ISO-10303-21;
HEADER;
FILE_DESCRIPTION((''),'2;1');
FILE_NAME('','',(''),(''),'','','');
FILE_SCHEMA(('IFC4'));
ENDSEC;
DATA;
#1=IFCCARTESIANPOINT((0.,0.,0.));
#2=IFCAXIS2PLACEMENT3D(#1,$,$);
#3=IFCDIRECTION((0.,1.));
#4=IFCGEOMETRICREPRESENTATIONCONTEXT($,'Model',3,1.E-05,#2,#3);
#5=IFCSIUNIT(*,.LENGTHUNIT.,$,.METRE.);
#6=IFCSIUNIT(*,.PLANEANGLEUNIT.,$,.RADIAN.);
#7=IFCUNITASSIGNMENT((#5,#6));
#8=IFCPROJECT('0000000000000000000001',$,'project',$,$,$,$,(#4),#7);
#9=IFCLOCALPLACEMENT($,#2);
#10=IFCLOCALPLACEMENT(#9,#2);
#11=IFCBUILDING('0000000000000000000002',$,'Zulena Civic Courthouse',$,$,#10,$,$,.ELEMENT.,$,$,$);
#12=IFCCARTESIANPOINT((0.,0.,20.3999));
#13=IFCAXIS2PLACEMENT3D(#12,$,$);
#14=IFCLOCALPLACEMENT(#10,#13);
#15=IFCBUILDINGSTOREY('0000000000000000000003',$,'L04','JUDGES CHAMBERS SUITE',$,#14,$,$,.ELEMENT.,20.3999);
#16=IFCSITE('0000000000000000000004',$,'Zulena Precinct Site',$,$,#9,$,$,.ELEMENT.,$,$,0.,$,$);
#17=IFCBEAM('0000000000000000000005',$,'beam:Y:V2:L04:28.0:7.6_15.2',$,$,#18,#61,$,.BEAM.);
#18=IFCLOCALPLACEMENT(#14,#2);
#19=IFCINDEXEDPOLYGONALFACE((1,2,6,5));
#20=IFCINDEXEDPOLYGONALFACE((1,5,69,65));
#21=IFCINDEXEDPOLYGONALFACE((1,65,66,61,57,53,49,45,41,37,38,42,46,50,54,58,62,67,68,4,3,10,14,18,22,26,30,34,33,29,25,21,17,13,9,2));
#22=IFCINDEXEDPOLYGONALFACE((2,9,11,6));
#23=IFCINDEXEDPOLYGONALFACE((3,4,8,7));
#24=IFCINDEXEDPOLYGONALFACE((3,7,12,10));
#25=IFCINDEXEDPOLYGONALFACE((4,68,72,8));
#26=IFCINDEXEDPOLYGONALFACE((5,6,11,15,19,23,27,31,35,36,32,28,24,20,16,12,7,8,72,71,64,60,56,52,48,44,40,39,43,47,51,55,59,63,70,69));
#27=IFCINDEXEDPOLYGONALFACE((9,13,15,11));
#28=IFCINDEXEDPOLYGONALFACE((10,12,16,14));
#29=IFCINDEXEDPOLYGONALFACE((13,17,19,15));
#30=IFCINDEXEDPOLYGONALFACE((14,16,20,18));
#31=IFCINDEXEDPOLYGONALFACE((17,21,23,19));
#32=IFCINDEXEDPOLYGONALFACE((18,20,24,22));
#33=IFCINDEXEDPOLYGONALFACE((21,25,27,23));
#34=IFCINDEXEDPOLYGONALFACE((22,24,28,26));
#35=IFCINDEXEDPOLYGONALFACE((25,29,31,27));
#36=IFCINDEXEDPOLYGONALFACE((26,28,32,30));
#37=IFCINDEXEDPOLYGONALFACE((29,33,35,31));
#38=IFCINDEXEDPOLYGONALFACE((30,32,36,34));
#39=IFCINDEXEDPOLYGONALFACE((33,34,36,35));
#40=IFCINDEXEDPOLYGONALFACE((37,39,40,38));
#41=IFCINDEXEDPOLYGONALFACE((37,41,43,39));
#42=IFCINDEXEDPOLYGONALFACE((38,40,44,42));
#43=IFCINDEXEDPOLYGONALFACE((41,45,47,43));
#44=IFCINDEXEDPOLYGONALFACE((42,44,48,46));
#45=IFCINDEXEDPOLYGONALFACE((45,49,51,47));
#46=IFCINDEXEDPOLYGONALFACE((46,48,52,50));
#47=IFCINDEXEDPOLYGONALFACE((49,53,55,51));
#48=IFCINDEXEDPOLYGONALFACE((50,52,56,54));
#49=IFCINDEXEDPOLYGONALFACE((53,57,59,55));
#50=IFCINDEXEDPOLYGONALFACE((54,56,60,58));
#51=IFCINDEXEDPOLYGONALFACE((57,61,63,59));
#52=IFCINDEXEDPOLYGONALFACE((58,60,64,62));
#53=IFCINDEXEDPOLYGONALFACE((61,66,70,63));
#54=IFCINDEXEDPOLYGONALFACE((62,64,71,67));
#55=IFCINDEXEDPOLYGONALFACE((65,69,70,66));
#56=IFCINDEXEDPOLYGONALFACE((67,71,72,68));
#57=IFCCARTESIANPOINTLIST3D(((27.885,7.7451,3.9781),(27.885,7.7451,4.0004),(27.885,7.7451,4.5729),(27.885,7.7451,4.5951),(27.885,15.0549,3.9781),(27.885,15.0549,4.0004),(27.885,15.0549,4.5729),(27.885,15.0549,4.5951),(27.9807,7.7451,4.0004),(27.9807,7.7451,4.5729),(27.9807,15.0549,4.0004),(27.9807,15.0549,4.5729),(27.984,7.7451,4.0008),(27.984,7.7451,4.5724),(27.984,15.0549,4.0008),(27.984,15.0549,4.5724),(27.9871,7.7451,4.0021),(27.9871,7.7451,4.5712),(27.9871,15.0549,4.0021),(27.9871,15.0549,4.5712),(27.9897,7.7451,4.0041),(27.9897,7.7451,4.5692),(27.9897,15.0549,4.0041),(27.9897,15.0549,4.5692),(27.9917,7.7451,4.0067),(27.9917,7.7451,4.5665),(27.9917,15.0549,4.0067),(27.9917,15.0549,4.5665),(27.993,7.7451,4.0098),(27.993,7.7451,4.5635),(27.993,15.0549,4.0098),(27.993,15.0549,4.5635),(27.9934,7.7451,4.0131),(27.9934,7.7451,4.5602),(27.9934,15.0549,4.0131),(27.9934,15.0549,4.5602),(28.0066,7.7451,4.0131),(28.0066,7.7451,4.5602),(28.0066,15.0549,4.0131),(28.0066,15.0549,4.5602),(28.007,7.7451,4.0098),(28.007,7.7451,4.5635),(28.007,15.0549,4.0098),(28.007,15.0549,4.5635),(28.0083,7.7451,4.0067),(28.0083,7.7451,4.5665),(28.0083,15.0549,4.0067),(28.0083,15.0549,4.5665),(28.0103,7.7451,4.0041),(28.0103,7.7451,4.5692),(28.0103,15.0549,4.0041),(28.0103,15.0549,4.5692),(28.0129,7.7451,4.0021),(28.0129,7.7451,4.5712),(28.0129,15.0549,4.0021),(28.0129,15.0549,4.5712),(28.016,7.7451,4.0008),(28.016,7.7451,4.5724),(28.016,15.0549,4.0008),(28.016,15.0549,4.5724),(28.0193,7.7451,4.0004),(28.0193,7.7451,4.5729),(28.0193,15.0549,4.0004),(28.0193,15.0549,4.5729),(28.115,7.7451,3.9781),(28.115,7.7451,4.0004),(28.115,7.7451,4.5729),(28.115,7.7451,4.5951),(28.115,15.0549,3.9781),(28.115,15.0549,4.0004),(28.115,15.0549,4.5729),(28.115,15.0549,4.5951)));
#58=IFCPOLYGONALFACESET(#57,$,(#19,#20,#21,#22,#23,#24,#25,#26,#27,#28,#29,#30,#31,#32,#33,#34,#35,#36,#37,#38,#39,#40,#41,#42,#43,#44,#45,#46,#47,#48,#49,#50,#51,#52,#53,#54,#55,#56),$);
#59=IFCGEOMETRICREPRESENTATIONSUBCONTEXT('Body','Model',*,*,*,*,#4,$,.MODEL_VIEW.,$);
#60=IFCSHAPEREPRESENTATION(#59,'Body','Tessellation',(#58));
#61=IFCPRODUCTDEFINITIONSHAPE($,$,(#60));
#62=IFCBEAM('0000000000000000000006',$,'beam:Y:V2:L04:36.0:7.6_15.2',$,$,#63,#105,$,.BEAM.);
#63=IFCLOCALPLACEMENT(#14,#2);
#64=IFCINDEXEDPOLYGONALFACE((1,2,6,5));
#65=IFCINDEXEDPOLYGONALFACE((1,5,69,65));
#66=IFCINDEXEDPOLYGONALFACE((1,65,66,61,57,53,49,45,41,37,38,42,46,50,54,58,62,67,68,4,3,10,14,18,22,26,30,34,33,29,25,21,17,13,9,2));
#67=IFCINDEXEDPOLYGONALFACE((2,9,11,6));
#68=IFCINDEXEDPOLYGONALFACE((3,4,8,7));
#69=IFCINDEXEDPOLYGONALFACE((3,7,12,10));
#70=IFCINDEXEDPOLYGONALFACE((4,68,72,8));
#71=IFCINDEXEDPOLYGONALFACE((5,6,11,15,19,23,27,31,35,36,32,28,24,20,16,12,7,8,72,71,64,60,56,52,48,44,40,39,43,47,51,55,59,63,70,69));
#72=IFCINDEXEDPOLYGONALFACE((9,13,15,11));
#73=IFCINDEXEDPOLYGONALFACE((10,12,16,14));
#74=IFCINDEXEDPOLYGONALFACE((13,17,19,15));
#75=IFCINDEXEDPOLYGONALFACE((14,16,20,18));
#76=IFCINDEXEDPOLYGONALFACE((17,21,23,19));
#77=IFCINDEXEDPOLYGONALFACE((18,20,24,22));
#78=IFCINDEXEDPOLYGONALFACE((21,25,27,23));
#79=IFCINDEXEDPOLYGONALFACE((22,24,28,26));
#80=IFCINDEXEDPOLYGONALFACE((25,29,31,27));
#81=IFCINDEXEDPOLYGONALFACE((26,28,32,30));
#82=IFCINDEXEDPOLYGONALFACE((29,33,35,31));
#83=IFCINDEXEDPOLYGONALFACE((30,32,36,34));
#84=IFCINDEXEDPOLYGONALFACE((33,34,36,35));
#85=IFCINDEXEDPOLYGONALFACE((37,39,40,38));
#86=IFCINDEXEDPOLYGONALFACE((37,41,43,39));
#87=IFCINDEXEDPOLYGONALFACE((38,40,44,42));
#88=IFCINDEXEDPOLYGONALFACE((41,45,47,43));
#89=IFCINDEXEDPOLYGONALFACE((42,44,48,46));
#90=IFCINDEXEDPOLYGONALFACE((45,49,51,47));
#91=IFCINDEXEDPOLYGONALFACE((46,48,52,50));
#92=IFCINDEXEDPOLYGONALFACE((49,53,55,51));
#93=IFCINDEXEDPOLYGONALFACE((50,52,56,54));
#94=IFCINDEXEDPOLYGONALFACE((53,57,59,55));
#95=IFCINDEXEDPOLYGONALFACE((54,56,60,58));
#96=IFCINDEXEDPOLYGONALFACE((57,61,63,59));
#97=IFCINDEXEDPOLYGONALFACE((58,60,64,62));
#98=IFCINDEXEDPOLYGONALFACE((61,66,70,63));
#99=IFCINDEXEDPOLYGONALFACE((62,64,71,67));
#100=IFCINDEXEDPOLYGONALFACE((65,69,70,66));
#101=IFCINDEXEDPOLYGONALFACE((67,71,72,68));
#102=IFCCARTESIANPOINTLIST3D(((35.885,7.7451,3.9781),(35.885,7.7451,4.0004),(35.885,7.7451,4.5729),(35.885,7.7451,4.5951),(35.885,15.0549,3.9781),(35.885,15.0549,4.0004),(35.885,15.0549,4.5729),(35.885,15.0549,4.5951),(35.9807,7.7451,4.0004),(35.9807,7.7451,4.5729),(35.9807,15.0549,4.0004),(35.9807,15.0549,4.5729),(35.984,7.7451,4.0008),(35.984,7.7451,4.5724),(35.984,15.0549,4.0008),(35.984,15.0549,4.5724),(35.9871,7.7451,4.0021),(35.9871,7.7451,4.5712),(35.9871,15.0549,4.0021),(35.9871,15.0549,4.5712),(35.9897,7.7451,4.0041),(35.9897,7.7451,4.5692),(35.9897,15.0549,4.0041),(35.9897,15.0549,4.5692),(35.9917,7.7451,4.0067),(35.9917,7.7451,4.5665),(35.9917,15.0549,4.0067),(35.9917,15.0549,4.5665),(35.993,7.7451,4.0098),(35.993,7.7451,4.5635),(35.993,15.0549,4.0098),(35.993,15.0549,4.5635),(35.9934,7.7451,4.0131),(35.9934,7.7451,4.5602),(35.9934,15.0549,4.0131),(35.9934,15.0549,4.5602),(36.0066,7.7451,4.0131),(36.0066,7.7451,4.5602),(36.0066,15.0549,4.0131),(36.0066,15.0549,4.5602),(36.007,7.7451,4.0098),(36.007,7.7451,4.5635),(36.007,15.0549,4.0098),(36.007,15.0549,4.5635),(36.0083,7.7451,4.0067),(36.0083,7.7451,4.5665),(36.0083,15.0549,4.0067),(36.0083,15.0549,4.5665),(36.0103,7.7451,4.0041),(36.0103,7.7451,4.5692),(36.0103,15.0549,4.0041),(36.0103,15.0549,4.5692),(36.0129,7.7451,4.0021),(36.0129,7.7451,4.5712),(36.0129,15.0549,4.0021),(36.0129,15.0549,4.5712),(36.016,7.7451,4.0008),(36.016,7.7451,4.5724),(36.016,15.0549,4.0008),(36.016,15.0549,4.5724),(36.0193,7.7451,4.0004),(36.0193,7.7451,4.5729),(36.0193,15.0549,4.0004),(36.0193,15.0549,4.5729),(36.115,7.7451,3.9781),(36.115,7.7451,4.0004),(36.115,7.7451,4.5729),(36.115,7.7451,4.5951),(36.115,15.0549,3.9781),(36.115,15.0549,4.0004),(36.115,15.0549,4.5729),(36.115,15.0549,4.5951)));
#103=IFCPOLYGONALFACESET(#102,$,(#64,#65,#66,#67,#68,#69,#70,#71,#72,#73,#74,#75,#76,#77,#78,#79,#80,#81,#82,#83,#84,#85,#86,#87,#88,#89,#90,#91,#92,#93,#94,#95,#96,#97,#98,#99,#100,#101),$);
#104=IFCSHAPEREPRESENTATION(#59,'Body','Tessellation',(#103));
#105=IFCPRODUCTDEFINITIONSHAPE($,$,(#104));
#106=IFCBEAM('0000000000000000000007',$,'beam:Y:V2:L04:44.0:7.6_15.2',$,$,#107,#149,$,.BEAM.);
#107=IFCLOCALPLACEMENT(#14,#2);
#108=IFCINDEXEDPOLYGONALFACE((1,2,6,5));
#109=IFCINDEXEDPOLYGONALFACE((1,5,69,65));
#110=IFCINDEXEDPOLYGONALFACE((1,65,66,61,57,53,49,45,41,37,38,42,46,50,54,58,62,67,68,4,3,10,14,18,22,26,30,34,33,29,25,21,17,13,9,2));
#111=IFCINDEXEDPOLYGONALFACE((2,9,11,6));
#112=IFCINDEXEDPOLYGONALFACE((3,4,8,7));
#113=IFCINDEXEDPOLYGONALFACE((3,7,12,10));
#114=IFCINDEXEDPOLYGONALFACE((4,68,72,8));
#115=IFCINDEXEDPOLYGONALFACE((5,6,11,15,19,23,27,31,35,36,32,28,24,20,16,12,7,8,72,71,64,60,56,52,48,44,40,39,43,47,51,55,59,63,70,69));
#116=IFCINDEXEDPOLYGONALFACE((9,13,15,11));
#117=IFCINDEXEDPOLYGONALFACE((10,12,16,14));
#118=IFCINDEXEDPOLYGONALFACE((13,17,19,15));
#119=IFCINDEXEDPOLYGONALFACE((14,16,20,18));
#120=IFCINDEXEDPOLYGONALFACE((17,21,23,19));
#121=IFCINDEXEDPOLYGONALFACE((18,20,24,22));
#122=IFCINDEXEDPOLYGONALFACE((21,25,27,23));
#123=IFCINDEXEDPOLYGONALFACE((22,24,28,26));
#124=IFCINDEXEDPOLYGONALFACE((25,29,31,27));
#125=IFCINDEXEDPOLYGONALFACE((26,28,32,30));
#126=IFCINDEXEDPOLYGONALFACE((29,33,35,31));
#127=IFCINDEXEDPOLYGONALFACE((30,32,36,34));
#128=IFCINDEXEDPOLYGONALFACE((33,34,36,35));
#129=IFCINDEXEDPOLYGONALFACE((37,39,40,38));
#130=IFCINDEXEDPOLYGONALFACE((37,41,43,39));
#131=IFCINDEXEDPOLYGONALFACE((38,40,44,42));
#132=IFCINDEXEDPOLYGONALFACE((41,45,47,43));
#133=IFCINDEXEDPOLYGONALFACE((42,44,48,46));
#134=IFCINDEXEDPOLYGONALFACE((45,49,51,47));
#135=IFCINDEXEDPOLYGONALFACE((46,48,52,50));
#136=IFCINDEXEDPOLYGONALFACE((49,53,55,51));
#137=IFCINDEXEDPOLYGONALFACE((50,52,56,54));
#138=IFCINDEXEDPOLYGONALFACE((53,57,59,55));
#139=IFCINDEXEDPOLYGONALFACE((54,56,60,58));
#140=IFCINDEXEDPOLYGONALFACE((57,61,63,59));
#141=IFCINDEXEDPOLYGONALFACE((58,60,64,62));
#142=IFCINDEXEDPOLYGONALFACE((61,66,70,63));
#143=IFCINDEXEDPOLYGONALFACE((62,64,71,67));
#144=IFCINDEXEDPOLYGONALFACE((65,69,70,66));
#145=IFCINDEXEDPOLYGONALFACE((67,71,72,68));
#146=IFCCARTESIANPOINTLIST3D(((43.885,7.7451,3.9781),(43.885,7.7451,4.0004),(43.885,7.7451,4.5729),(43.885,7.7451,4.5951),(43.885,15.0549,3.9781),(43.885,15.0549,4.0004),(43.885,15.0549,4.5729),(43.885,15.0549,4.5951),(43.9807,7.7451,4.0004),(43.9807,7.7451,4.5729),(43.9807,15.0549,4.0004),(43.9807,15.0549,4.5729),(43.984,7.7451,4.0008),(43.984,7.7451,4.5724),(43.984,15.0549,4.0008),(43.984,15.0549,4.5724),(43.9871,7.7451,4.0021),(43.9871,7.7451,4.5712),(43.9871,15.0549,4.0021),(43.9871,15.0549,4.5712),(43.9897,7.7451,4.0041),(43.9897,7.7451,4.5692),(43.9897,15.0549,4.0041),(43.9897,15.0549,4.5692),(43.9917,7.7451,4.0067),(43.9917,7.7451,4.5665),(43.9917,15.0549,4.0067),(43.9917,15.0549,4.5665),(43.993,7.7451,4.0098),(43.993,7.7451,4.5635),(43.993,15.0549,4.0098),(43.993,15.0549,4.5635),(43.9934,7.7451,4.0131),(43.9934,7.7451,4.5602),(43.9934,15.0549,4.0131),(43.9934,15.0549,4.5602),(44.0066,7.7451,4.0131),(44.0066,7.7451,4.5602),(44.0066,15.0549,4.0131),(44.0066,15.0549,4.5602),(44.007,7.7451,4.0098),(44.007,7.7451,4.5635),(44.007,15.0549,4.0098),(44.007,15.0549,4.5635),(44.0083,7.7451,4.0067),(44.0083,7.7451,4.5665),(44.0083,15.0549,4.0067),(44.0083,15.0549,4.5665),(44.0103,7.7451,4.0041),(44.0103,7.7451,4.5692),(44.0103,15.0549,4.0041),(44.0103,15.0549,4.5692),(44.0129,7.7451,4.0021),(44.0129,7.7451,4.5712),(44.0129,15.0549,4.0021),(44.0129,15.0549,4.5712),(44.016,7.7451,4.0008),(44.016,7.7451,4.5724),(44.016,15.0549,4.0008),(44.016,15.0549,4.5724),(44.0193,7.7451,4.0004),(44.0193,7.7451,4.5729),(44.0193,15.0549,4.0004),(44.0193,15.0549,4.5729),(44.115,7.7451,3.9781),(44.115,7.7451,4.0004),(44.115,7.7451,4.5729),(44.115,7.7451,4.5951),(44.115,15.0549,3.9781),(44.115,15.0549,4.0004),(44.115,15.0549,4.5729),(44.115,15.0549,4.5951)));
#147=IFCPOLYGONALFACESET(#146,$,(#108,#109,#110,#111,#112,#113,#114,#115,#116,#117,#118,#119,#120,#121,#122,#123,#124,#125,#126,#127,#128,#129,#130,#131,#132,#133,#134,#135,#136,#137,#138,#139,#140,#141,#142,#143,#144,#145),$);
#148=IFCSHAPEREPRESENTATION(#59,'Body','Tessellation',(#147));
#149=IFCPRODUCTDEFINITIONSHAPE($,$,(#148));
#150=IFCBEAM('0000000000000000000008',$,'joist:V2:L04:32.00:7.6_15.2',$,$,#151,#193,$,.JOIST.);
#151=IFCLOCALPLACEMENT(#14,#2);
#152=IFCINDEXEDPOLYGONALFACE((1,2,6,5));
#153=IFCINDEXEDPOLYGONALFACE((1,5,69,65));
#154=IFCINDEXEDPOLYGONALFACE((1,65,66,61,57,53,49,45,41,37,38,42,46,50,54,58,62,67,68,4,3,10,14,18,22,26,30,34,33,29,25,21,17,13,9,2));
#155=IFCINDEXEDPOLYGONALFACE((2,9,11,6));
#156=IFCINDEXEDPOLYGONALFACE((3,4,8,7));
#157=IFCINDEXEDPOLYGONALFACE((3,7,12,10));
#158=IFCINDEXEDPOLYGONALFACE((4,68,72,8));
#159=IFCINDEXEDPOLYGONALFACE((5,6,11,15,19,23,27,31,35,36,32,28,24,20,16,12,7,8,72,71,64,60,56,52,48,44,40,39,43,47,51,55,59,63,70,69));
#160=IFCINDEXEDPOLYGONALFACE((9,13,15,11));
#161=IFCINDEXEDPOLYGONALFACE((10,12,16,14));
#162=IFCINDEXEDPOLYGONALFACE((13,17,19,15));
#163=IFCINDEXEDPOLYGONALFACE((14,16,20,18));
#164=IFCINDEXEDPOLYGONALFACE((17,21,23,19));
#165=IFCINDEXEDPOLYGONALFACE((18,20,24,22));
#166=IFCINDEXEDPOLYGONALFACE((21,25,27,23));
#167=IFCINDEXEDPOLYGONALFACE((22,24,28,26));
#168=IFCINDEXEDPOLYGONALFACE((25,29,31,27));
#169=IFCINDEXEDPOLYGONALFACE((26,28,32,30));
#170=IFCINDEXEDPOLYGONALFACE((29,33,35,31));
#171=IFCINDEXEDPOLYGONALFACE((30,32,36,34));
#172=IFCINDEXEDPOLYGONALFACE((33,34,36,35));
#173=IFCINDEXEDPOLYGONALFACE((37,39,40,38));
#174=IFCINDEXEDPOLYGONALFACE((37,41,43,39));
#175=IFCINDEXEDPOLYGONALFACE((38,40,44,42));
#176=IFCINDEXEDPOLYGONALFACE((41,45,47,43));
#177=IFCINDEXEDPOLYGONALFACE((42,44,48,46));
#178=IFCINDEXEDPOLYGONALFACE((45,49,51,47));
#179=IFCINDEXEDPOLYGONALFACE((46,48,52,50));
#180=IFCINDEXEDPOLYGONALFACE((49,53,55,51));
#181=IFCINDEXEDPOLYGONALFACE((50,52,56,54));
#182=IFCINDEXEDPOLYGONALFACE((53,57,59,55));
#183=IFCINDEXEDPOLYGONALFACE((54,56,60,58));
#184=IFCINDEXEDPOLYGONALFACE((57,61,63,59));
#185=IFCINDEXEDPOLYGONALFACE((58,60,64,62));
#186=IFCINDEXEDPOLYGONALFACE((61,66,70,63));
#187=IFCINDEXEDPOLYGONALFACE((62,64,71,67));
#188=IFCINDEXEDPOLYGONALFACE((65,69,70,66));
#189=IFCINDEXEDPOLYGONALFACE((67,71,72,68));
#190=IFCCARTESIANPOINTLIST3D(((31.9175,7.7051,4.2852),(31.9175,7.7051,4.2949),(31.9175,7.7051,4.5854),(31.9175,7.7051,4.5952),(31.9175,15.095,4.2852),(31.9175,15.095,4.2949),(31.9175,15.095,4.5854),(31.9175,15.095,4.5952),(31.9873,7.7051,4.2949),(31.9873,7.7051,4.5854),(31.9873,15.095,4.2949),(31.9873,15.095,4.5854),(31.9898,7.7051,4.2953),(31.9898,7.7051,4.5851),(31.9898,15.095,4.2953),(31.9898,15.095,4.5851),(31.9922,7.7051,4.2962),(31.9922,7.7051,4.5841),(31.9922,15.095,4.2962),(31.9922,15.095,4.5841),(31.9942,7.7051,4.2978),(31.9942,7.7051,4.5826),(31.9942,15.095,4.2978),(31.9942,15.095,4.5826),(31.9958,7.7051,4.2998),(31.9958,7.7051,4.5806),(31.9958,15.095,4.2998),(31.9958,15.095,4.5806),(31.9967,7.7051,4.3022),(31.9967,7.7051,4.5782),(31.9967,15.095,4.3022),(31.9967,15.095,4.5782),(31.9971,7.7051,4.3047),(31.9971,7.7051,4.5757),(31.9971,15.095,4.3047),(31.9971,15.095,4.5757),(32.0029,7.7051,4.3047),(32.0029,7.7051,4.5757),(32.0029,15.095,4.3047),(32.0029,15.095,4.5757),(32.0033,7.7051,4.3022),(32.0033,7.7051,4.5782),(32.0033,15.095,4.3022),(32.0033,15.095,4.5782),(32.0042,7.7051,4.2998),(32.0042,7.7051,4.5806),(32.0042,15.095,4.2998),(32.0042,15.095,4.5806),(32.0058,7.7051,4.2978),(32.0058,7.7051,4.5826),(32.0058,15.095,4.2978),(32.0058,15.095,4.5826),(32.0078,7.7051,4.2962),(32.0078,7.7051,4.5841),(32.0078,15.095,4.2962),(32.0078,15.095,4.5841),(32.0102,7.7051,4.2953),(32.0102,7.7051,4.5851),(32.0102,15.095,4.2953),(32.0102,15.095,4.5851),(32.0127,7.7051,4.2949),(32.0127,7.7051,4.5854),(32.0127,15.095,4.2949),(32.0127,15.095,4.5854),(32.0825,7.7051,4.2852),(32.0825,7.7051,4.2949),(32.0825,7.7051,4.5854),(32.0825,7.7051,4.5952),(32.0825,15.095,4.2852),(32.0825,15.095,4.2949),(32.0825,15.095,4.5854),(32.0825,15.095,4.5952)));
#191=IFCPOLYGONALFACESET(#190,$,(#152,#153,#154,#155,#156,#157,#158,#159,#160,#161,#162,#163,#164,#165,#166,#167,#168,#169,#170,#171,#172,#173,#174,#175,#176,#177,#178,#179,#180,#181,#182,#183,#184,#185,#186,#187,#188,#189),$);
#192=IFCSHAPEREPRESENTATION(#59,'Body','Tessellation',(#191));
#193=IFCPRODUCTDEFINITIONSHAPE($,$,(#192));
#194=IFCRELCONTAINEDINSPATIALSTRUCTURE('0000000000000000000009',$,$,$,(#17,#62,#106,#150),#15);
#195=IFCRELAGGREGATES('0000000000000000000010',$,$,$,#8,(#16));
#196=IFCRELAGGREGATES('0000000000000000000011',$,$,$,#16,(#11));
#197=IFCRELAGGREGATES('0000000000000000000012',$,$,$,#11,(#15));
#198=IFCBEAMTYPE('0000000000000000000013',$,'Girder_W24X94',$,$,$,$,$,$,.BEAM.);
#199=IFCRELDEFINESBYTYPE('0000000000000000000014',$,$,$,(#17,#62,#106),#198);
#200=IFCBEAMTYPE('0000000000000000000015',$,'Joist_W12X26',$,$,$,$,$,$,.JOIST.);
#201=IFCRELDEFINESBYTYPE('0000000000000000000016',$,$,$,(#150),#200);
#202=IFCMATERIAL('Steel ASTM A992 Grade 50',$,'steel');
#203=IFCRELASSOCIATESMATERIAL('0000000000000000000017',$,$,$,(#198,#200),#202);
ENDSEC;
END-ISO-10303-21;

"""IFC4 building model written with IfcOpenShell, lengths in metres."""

from ifc_helpers import new_model, si_unit, direction, frame, origin, origin_2d, place, context, subcontext, project, spatial, i_section, extrude, material, material_profile, profile_set, type_object, element, save


model = new_model("IFC4")

# Units and contexts
model_context = context("Model", 3, precision=1e-05, world=origin(), true_north=direction((0.0, 1.0)))
body_context = subcontext(model_context, "Body", "Model", "MODEL_VIEW")
ifc_project = project(units=[si_unit("LENGTHUNIT", "METRE"), si_unit("PLANEANGLEUNIT", "RADIAN")], contexts=[model_context])

# Site, building, storey
site_placement = place(None, origin())
site = spatial("IfcSite", under=ifc_project, at=site_placement, Name="Zulena Precinct Site", CompositionType="ELEMENT", RefElevation=0.0)
building_placement = place(site_placement, origin())
building = spatial("IfcBuilding", under=site, at=building_placement, Name="Zulena Civic Courthouse", CompositionType="ELEMENT")
storey_placement = place(building_placement, frame((0.0, 0.0, 20.3999)))
storey = spatial("IfcBuildingStorey", under=building, at=storey_placement, Name="L04", Description="JUDGES CHAMBERS SUITE", CompositionType="ELEMENT", Elevation=20.3999)

# Shared definitions
ifc_material_1 = material(Name="Steel ASTM A992 Grade 50", Category="steel")

# Beams
ifc_material_profile_1 = material_profile(ifc_material_1, i_section(OverallWidth=0.23, OverallDepth=0.6169, WebThickness=0.0132, FlangeThickness=0.0222, FilletRadius=0.0127, at=origin_2d()), Name="W24X94")
ifc_profile_set_1 = profile_set([ifc_material_profile_1], Name="Steel ASTM A992 Grade 50")
beam_type_1 = type_object("IfcBeamType", Name="Girder_W24X94", PredefinedType="BEAM", material=ifc_profile_set_1)
for number, where, z_axis, x_axis, name in (
    (1, (28.0, 7.7451, 4.2866), (0.0, 1.0, 0.0), (-1.0, 0.0, 0.0), "beam:Y:V2:L04:28.0:7.6_15.2"),
    (2, (36.0, 7.7451, 4.2866), (0.0, 1.0, 0.0), (-1.0, 0.0, 0.0), "beam:Y:V2:L04:36.0:7.6_15.2"),
    (3, (44.0, 7.7451, 4.2866), (0.0, 1.0, 0.0), (-1.0, 0.0, 0.0), "beam:Y:V2:L04:44.0:7.6_15.2"),
):
    element("IfcBeam", number, at=place(storey_placement, frame(where, z_axis=z_axis, x_axis=x_axis)), inside=storey, type_object=beam_type_1, Name=name, PredefinedType="BEAM", context=body_context, shape_type="SweptSolid", body=[
        extrude(i_section(OverallWidth=0.23, OverallDepth=0.6169, WebThickness=0.0132, FlangeThickness=0.0222, FilletRadius=0.0127, at=origin_2d()), origin(), (0.0, 0.0, 1.0), 7.3098),
    ])
ifc_material_profile_2 = material_profile(ifc_material_1, i_section(OverallWidth=0.165, OverallDepth=0.3101, WebThickness=0.0059, FlangeThickness=0.0098, FilletRadius=0.0098, at=origin_2d()), Name="W12X26")
ifc_profile_set_2 = profile_set([ifc_material_profile_2], Name="Steel ASTM A992 Grade 50")
beam_type_2 = type_object("IfcBeamType", Name="Joist_W12X26", PredefinedType="JOIST", material=ifc_profile_set_2)
beam_1_placement = place(storey_placement, frame((32.0, 7.7051, 4.4402), z_axis=(0.0, 1.0, 0.0), x_axis=(-1.0, 0.0, 0.0)))
element("IfcBeam", 4, at=beam_1_placement, inside=storey, type_object=beam_type_2, Name="joist:V2:L04:32.00:7.6_15.2", PredefinedType="JOIST", context=body_context, shape_type="SweptSolid", body=[
    extrude(i_section(OverallWidth=0.165, OverallDepth=0.3101, WebThickness=0.0059, FlangeThickness=0.0098, FilletRadius=0.0098, at=origin_2d()), origin(), (0.0, 0.0, 1.0), 7.3899),
])

save(model, "model.ifc")
